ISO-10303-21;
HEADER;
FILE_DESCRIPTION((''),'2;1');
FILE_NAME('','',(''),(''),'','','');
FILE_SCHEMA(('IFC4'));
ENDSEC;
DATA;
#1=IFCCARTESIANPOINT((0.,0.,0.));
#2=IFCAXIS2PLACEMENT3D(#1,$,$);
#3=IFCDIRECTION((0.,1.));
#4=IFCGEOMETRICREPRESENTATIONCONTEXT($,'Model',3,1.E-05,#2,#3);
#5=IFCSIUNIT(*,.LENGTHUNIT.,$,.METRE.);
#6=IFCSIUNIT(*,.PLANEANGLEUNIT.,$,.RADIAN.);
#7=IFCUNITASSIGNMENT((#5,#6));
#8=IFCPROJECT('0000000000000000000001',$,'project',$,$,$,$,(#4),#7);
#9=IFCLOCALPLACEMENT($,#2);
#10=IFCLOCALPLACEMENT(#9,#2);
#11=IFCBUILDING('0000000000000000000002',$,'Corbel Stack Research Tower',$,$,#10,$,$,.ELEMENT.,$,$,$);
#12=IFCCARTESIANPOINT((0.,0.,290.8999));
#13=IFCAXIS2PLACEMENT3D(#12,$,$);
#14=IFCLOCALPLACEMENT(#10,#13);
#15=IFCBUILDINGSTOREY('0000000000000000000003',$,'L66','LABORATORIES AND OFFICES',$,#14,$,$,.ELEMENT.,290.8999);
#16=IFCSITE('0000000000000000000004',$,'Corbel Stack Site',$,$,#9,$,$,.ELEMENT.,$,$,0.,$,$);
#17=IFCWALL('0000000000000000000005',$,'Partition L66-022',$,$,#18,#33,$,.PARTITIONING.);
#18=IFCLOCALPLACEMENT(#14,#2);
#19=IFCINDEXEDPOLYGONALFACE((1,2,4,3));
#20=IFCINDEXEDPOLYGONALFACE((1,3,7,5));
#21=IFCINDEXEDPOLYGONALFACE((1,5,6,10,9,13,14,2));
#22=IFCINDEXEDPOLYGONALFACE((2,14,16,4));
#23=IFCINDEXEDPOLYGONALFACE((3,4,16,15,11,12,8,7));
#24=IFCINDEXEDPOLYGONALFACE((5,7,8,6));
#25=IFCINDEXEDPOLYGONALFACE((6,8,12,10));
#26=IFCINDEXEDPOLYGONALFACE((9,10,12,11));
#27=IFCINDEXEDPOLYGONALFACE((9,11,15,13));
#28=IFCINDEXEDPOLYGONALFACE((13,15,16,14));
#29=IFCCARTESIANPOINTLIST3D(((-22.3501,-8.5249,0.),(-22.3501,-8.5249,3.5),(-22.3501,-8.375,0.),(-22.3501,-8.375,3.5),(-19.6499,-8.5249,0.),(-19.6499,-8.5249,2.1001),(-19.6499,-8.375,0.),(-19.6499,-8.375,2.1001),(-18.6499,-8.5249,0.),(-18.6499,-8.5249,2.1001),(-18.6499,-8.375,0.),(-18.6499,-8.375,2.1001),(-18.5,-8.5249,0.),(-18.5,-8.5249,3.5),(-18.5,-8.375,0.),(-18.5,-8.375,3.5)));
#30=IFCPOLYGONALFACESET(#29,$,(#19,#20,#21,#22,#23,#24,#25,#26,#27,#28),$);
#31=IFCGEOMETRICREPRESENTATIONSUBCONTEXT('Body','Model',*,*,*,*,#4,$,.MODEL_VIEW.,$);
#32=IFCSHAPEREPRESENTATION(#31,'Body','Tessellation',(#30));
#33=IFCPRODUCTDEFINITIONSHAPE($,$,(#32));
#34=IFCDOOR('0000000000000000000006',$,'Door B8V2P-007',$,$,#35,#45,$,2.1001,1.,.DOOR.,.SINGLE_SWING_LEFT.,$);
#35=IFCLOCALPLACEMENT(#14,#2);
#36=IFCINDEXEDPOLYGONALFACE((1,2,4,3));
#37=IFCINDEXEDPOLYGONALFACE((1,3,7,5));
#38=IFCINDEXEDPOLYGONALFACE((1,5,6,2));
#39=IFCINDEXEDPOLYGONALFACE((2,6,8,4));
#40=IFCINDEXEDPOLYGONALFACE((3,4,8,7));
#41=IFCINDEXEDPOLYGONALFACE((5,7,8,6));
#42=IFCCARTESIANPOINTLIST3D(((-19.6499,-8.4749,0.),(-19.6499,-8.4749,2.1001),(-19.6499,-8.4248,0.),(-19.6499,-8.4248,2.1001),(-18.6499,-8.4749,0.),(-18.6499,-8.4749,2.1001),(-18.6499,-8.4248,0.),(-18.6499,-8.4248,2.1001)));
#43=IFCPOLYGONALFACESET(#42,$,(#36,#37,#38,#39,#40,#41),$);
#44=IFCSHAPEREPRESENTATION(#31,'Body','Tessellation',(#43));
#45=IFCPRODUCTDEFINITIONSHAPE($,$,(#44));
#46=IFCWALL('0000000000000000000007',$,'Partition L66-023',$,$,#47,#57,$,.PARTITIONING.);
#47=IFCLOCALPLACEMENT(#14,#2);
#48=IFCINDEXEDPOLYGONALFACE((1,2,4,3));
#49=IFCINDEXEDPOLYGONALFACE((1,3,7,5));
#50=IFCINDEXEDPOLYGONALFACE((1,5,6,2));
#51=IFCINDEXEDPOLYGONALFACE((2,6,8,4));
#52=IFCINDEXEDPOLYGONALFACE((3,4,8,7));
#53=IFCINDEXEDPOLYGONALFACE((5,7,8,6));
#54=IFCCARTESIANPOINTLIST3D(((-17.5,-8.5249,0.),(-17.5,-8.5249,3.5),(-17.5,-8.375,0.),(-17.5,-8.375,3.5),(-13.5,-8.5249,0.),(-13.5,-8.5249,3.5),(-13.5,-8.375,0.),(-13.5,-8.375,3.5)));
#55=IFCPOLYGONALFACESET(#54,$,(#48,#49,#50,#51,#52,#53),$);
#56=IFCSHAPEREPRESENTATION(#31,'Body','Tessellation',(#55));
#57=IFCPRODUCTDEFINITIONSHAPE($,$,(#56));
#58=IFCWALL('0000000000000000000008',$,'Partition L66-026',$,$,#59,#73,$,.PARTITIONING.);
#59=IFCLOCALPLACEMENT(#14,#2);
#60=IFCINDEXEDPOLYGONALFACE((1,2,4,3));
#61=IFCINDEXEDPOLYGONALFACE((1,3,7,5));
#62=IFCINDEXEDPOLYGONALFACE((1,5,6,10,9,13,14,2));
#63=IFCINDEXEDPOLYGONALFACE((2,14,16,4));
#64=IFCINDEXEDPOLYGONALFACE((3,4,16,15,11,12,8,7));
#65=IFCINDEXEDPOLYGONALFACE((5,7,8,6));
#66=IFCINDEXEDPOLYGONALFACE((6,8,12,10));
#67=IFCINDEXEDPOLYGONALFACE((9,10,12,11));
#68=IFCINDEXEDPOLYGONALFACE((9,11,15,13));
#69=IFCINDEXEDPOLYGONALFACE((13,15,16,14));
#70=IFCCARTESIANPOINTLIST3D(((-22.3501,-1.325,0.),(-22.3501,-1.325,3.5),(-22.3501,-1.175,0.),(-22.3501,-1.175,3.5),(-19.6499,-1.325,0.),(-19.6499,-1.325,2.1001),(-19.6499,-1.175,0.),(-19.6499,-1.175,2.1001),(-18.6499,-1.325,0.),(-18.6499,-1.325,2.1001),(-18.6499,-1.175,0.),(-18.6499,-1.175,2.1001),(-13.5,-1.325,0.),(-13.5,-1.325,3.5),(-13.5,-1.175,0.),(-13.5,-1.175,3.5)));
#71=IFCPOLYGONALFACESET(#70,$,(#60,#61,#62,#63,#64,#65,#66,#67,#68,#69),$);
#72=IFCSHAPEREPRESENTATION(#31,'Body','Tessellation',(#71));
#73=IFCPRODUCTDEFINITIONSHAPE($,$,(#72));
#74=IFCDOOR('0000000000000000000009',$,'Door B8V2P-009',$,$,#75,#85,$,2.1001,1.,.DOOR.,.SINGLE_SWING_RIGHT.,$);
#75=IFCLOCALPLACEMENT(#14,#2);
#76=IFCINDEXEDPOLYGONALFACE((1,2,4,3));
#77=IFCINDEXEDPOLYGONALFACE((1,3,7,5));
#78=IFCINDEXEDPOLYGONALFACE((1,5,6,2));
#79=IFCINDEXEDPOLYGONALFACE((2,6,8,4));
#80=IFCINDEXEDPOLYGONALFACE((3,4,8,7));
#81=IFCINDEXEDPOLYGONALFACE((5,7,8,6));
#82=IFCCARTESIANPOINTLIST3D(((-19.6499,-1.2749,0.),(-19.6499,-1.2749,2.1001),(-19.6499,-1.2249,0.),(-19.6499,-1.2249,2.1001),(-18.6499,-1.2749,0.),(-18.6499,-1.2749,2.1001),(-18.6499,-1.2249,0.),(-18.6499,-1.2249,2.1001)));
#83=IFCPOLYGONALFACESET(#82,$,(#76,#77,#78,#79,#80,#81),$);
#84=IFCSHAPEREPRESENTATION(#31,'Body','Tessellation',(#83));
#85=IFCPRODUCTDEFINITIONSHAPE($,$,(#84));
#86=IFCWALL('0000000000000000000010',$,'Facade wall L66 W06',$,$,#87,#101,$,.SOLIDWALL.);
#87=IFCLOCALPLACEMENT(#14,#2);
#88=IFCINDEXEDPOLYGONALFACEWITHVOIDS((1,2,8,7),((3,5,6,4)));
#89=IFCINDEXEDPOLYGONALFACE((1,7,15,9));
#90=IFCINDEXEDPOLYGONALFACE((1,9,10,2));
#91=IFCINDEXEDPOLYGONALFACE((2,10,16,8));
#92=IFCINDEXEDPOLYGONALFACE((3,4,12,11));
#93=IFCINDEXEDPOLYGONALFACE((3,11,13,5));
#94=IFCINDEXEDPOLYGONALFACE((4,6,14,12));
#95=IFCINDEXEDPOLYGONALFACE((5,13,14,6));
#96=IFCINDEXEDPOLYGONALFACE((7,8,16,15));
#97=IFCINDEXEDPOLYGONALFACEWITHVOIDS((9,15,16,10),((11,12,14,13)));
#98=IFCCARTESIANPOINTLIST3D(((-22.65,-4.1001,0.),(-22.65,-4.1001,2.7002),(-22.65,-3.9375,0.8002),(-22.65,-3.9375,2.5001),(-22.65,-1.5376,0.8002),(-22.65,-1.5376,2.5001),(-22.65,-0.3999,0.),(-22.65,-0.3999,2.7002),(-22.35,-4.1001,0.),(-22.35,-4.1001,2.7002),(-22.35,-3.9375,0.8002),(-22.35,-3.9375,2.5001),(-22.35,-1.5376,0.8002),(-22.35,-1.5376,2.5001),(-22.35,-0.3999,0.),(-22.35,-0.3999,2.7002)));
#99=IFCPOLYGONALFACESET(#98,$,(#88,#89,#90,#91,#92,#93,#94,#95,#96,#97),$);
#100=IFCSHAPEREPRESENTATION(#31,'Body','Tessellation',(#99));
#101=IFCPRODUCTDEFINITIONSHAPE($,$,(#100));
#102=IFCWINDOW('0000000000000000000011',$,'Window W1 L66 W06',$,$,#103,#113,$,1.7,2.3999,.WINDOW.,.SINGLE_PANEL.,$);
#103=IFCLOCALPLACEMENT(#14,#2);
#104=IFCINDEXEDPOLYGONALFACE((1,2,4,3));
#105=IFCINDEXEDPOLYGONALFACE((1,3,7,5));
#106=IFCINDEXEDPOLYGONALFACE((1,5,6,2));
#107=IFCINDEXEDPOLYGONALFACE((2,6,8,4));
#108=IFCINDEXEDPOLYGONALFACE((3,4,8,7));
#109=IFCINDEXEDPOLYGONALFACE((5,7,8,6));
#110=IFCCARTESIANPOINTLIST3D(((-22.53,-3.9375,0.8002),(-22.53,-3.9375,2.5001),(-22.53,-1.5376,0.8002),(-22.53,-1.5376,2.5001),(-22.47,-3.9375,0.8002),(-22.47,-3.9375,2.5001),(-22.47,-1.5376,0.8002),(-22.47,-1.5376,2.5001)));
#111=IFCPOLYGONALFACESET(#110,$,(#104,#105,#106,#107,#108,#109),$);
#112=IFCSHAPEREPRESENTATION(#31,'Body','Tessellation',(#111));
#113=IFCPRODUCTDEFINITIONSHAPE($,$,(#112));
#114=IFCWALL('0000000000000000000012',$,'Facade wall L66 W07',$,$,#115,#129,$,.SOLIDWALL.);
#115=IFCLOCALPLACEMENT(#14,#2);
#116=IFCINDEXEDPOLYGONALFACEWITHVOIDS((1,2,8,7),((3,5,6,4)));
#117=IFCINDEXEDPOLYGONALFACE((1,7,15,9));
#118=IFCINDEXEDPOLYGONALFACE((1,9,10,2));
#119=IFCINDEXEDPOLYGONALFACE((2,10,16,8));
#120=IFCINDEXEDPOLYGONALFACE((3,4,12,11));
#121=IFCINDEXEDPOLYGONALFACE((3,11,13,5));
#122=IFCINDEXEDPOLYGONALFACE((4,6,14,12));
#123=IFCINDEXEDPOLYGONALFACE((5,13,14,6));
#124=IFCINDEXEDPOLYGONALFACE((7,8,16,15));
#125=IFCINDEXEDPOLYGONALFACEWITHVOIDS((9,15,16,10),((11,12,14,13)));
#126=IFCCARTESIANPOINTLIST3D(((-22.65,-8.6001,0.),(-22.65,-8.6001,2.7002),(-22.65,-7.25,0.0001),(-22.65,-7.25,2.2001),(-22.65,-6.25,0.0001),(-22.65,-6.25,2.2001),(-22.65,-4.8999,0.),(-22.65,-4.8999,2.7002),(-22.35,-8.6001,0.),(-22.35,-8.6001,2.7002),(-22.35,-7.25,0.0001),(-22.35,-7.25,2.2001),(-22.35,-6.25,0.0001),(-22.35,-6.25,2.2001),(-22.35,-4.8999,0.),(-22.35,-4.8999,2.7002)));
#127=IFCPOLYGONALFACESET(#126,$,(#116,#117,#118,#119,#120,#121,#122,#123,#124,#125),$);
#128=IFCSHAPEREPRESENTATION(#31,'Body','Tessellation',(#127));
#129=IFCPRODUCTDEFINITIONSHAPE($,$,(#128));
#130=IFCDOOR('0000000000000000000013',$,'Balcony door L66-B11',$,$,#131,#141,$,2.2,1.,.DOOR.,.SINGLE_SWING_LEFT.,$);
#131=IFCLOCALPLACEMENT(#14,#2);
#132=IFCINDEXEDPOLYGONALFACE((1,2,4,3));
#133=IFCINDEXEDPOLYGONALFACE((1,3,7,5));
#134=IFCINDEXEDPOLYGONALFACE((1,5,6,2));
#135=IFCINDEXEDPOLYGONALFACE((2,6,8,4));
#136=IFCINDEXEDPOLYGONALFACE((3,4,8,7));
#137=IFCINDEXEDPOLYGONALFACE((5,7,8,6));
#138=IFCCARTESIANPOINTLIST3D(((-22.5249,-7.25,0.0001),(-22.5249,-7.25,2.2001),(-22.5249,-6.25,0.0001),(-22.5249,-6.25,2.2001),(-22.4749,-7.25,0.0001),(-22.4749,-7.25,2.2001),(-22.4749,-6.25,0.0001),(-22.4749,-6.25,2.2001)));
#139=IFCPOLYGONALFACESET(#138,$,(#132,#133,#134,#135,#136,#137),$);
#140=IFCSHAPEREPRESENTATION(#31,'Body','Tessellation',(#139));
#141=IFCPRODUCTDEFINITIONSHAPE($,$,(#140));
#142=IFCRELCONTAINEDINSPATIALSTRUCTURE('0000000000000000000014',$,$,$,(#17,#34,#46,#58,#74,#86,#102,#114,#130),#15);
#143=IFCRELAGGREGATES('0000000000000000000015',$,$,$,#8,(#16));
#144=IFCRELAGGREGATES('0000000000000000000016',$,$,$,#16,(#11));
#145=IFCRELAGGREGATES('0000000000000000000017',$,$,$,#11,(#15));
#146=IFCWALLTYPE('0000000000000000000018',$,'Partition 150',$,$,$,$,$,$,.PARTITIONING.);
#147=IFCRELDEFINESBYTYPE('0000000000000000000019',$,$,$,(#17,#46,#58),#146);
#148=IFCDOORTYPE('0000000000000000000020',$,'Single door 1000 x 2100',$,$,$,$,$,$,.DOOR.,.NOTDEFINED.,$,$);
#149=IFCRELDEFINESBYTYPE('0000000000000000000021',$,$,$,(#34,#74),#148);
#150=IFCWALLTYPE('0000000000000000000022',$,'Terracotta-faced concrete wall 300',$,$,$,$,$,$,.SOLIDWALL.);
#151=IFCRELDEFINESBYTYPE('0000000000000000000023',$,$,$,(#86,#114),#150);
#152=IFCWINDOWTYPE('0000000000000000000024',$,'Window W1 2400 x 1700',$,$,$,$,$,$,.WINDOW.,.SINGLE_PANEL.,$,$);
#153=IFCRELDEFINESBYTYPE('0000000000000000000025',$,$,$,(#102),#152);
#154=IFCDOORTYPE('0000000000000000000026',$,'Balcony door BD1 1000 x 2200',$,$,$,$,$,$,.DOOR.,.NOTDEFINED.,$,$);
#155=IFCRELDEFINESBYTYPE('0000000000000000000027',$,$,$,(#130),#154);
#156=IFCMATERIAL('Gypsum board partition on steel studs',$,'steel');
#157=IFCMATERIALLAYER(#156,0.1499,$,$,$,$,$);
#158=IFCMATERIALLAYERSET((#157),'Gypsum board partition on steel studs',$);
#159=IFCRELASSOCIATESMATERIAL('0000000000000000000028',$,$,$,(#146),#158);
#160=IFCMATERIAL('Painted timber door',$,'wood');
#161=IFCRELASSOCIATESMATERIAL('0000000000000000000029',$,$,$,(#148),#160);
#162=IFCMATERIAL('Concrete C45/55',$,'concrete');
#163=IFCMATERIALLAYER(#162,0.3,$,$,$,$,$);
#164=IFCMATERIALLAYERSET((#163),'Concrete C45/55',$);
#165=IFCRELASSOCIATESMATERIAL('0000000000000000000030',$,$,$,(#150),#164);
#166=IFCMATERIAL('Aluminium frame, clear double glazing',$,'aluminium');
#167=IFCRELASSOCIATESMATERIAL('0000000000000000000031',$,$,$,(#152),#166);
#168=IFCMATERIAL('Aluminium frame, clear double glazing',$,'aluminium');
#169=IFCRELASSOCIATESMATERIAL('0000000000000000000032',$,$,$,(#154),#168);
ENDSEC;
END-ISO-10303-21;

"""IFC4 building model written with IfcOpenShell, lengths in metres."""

from ifc_helpers import new_model, si_unit, direction, frame, frame_2d, origin, place, context, subcontext, project, spatial, rectangle, extrude, material, layer, layer_set, type_object, element, fill, save


model = new_model("IFC4")

# Units and contexts
model_context = context("Model", 3, precision=1e-05, world=origin(), true_north=direction((0.0, 1.0)))
body_context = subcontext(model_context, "Body", "Model", "MODEL_VIEW")
ifc_project = project(units=[si_unit("LENGTHUNIT", "METRE"), si_unit("PLANEANGLEUNIT", "RADIAN")], contexts=[model_context])

# Site, building, storey
site_placement = place(None, origin())
site = spatial("IfcSite", under=ifc_project, at=site_placement, Name="Corbel Stack Site", CompositionType="ELEMENT", RefElevation=0.0)
building_placement = place(site_placement, origin())
building = spatial("IfcBuilding", under=site, at=building_placement, Name="Corbel Stack Research Tower", CompositionType="ELEMENT")
storey_placement = place(building_placement, frame((0.0, 0.0, 290.8999)))
storey = spatial("IfcBuildingStorey", under=building, at=storey_placement, Name="L66", Description="LABORATORIES AND OFFICES", CompositionType="ELEMENT", Elevation=290.8999)

# Wall, opening, door
ifc_material_1 = material(Name="Gypsum board partition on steel studs", Category="steel")
ifc_layer_1 = layer(ifc_material_1, 0.1499)
ifc_layer_set_1 = layer_set([ifc_layer_1], Name="Gypsum board partition on steel studs")
wall_type_1 = type_object("IfcWallType", Name="Partition 150", PredefinedType="PARTITIONING", material=ifc_layer_set_1)
wall_1_placement = place(storey_placement, frame((-18.5, -8.45, 0.0), z_axis=(0.0, 0.0, 1.0), x_axis=(-1.0, 0.0, 0.0)))
wall_1 = element("IfcWall", 1, at=wall_1_placement, inside=storey, type_object=wall_type_1, Name="Partition L66-022", PredefinedType="PARTITIONING", context=body_context, shape_type="SweptSolid", body=[
    extrude(rectangle(XDim=3.8501, YDim=0.1499, at=frame_2d((1.925, 0.0))), origin(), (0.0, 0.0, 1.0), 3.5),
])
opening_1_placement = place(wall_1_placement, frame((0.1499, 0.0, 0.0)))
opening_1 = element("IfcOpeningElement", 2, at=opening_1_placement, cuts=wall_1, PredefinedType="OPENING", context=body_context, shape_type="SweptSolid", body=[
    extrude(rectangle(XDim=1.0, YDim=2.1001, at=frame_2d((0.5, 1.05))), frame((0.0, 0.085, 0.0), z_axis=(0.0, -1.0, 0.0), x_axis=(1.0, 0.0, 0.0)), (0.0, 0.0, 1.0), 0.1699),
])
ifc_material_2 = material(Name="Painted timber door", Category="wood")
door_type_1 = type_object("IfcDoorType", Name="Single door 1000 x 2100", OperationType="NOTDEFINED", PredefinedType="DOOR", material=ifc_material_2)
door_1_placement = place(opening_1_placement, origin())
door_1 = element("IfcDoor", 3, at=door_1_placement, inside=storey, type_object=door_type_1, Name="Door B8V2P-007", OperationType="SINGLE_SWING_LEFT", OverallHeight=2.1001, OverallWidth=1.0, PredefinedType="DOOR", context=body_context, shape_type="SweptSolid", body=[
    extrude(rectangle(XDim=1.0, YDim=2.1001, at=frame_2d((0.5, 1.05))), frame((0.0, 0.0249, 0.0), z_axis=(0.0, -1.0, 0.0), x_axis=(1.0, 0.0, 0.0)), (0.0, 0.0, 1.0), 0.05),
])
fill(opening_1, door_1)

# Wall
wall_2_placement = place(storey_placement, frame((-17.5, -8.45, 0.0), z_axis=(0.0, 0.0, 1.0), x_axis=(1.0, 0.0, 0.0)))
element("IfcWall", 4, at=wall_2_placement, inside=storey, type_object=wall_type_1, Name="Partition L66-023", PredefinedType="PARTITIONING", context=body_context, shape_type="SweptSolid", body=[
    extrude(rectangle(XDim=4.0, YDim=0.1499, at=frame_2d((2.0, 0.0))), origin(), (0.0, 0.0, 1.0), 3.5),
])

# Wall, opening, door
wall_3_placement = place(storey_placement, frame((-13.5, -1.25, 0.0), z_axis=(0.0, 0.0, 1.0), x_axis=(-1.0, 0.0, 0.0)))
wall_3 = element("IfcWall", 5, at=wall_3_placement, inside=storey, type_object=wall_type_1, Name="Partition L66-026", PredefinedType="PARTITIONING", context=body_context, shape_type="SweptSolid", body=[
    extrude(rectangle(XDim=8.8501, YDim=0.1499, at=frame_2d((4.425, 0.0))), origin(), (0.0, 0.0, 1.0), 3.5),
])
opening_2_placement = place(wall_3_placement, frame((5.1499, 0.0, 0.0)))
opening_2 = element("IfcOpeningElement", 6, at=opening_2_placement, cuts=wall_3, PredefinedType="OPENING", context=body_context, shape_type="SweptSolid", body=[
    extrude(rectangle(XDim=1.0, YDim=2.1001, at=frame_2d((0.5, 1.05))), frame((0.0, 0.085, 0.0), z_axis=(0.0, -1.0, 0.0), x_axis=(1.0, 0.0, 0.0)), (0.0, 0.0, 1.0), 0.1699),
])
door_2_placement = place(opening_2_placement, origin())
door_2 = element("IfcDoor", 7, at=door_2_placement, inside=storey, type_object=door_type_1, Name="Door B8V2P-009", OperationType="SINGLE_SWING_RIGHT", OverallHeight=2.1001, OverallWidth=1.0, PredefinedType="DOOR", context=body_context, shape_type="SweptSolid", body=[
    extrude(rectangle(XDim=1.0, YDim=2.1001, at=frame_2d((0.5, 1.05))), frame((0.0, 0.0249, 0.0), z_axis=(0.0, -1.0, 0.0), x_axis=(1.0, 0.0, 0.0)), (0.0, 0.0, 1.0), 0.05),
])
fill(opening_2, door_2)

# Wall, opening, window
ifc_material_3 = material(Name="Concrete C45/55", Category="concrete")
ifc_layer_2 = layer(ifc_material_3, 0.3)
ifc_layer_set_2 = layer_set([ifc_layer_2], Name="Concrete C45/55")
wall_type_2 = type_object("IfcWallType", Name="Terracotta-faced concrete wall 300", PredefinedType="SOLIDWALL", material=ifc_layer_set_2)
wall_4_placement = place(storey_placement, frame((-22.5, -4.1001, 0.0), z_axis=(0.0, 0.0, 1.0), x_axis=(0.0, 1.0, 0.0)))
wall_4 = element("IfcWall", 8, at=wall_4_placement, inside=storey, type_object=wall_type_2, Name="Facade wall L66 W06", PredefinedType="SOLIDWALL", context=body_context, shape_type="SweptSolid", body=[
    extrude(rectangle(XDim=3.7002, YDim=0.3, at=frame_2d((1.8501, 0.0))), origin(), (0.0, 0.0, 1.0), 2.7002),
])
opening_3_placement = place(wall_4_placement, frame((0.1626, 0.0, 0.8)))
opening_3 = element("IfcOpeningElement", 9, at=opening_3_placement, cuts=wall_4, PredefinedType="OPENING", context=body_context, shape_type="SweptSolid", body=[
    extrude(rectangle(XDim=2.3999, YDim=1.7, at=frame_2d((1.2, 0.8501))), frame((0.0, 0.1599, 0.0), z_axis=(0.0, -1.0, 0.0), x_axis=(1.0, 0.0, 0.0)), (0.0, 0.0, 1.0), 0.3201),
])
ifc_material_4 = material(Name="Aluminium frame, clear double glazing", Category="aluminium")
window_type = type_object("IfcWindowType", Name="Window W1 2400 x 1700", PartitioningType="SINGLE_PANEL", PredefinedType="WINDOW", material=ifc_material_4)
window_placement = place(opening_3_placement, origin())
window = element("IfcWindow", 10, at=window_placement, inside=storey, type_object=window_type, Name="Window W1 L66 W06", OverallHeight=1.7, OverallWidth=2.3999, PartitioningType="SINGLE_PANEL", PredefinedType="WINDOW", context=body_context, shape_type="SweptSolid", body=[
    extrude(rectangle(XDim=2.3999, YDim=1.7, at=frame_2d((1.2, 0.8501))), frame((0.0, 0.03, 0.0), z_axis=(0.0, -1.0, 0.0), x_axis=(1.0, 0.0, 0.0)), (0.0, 0.0, 1.0), 0.0601),
])
fill(opening_3, window)

# Wall, opening, door
wall_5_placement = place(storey_placement, frame((-22.5, -8.6001, 0.0), z_axis=(0.0, 0.0, 1.0), x_axis=(0.0, 1.0, 0.0)))
wall_5 = element("IfcWall", 11, at=wall_5_placement, inside=storey, type_object=wall_type_2, Name="Facade wall L66 W07", PredefinedType="SOLIDWALL", context=body_context, shape_type="SweptSolid", body=[
    extrude(rectangle(XDim=3.7002, YDim=0.3, at=frame_2d((1.8501, 0.0))), origin(), (0.0, 0.0, 1.0), 2.7002),
])
opening_4_placement = place(wall_5_placement, frame((1.3501, 0.0, 0.0)))
opening_4 = element("IfcOpeningElement", 12, at=opening_4_placement, cuts=wall_5, PredefinedType="OPENING", context=body_context, shape_type="SweptSolid", body=[
    extrude(rectangle(XDim=1.0, YDim=2.2, at=frame_2d((0.5, 1.1001))), frame((0.0, 0.1599, 0.0), z_axis=(0.0, -1.0, 0.0), x_axis=(1.0, 0.0, 0.0)), (0.0, 0.0, 1.0), 0.3201),
])
ifc_material_5 = material(Name="Aluminium frame, clear double glazing", Category="aluminium")
door_type_2 = type_object("IfcDoorType", Name="Balcony door BD1 1000 x 2200", OperationType="NOTDEFINED", PredefinedType="DOOR", material=ifc_material_5)
door_3_placement = place(opening_4_placement, origin())
door_3 = element("IfcDoor", 13, at=door_3_placement, inside=storey, type_object=door_type_2, Name="Balcony door L66-B11", OperationType="SINGLE_SWING_LEFT", OverallHeight=2.2, OverallWidth=1.0, PredefinedType="DOOR", context=body_context, shape_type="SweptSolid", body=[
    extrude(rectangle(XDim=1.0, YDim=2.2, at=frame_2d((0.5, 1.1001))), frame((0.0, 0.0249, 0.0), z_axis=(0.0, -1.0, 0.0), x_axis=(1.0, 0.0, 0.0)), (0.0, 0.0, 1.0), 0.05),
])
fill(opening_4, door_3)

save(model, "model.ifc")
